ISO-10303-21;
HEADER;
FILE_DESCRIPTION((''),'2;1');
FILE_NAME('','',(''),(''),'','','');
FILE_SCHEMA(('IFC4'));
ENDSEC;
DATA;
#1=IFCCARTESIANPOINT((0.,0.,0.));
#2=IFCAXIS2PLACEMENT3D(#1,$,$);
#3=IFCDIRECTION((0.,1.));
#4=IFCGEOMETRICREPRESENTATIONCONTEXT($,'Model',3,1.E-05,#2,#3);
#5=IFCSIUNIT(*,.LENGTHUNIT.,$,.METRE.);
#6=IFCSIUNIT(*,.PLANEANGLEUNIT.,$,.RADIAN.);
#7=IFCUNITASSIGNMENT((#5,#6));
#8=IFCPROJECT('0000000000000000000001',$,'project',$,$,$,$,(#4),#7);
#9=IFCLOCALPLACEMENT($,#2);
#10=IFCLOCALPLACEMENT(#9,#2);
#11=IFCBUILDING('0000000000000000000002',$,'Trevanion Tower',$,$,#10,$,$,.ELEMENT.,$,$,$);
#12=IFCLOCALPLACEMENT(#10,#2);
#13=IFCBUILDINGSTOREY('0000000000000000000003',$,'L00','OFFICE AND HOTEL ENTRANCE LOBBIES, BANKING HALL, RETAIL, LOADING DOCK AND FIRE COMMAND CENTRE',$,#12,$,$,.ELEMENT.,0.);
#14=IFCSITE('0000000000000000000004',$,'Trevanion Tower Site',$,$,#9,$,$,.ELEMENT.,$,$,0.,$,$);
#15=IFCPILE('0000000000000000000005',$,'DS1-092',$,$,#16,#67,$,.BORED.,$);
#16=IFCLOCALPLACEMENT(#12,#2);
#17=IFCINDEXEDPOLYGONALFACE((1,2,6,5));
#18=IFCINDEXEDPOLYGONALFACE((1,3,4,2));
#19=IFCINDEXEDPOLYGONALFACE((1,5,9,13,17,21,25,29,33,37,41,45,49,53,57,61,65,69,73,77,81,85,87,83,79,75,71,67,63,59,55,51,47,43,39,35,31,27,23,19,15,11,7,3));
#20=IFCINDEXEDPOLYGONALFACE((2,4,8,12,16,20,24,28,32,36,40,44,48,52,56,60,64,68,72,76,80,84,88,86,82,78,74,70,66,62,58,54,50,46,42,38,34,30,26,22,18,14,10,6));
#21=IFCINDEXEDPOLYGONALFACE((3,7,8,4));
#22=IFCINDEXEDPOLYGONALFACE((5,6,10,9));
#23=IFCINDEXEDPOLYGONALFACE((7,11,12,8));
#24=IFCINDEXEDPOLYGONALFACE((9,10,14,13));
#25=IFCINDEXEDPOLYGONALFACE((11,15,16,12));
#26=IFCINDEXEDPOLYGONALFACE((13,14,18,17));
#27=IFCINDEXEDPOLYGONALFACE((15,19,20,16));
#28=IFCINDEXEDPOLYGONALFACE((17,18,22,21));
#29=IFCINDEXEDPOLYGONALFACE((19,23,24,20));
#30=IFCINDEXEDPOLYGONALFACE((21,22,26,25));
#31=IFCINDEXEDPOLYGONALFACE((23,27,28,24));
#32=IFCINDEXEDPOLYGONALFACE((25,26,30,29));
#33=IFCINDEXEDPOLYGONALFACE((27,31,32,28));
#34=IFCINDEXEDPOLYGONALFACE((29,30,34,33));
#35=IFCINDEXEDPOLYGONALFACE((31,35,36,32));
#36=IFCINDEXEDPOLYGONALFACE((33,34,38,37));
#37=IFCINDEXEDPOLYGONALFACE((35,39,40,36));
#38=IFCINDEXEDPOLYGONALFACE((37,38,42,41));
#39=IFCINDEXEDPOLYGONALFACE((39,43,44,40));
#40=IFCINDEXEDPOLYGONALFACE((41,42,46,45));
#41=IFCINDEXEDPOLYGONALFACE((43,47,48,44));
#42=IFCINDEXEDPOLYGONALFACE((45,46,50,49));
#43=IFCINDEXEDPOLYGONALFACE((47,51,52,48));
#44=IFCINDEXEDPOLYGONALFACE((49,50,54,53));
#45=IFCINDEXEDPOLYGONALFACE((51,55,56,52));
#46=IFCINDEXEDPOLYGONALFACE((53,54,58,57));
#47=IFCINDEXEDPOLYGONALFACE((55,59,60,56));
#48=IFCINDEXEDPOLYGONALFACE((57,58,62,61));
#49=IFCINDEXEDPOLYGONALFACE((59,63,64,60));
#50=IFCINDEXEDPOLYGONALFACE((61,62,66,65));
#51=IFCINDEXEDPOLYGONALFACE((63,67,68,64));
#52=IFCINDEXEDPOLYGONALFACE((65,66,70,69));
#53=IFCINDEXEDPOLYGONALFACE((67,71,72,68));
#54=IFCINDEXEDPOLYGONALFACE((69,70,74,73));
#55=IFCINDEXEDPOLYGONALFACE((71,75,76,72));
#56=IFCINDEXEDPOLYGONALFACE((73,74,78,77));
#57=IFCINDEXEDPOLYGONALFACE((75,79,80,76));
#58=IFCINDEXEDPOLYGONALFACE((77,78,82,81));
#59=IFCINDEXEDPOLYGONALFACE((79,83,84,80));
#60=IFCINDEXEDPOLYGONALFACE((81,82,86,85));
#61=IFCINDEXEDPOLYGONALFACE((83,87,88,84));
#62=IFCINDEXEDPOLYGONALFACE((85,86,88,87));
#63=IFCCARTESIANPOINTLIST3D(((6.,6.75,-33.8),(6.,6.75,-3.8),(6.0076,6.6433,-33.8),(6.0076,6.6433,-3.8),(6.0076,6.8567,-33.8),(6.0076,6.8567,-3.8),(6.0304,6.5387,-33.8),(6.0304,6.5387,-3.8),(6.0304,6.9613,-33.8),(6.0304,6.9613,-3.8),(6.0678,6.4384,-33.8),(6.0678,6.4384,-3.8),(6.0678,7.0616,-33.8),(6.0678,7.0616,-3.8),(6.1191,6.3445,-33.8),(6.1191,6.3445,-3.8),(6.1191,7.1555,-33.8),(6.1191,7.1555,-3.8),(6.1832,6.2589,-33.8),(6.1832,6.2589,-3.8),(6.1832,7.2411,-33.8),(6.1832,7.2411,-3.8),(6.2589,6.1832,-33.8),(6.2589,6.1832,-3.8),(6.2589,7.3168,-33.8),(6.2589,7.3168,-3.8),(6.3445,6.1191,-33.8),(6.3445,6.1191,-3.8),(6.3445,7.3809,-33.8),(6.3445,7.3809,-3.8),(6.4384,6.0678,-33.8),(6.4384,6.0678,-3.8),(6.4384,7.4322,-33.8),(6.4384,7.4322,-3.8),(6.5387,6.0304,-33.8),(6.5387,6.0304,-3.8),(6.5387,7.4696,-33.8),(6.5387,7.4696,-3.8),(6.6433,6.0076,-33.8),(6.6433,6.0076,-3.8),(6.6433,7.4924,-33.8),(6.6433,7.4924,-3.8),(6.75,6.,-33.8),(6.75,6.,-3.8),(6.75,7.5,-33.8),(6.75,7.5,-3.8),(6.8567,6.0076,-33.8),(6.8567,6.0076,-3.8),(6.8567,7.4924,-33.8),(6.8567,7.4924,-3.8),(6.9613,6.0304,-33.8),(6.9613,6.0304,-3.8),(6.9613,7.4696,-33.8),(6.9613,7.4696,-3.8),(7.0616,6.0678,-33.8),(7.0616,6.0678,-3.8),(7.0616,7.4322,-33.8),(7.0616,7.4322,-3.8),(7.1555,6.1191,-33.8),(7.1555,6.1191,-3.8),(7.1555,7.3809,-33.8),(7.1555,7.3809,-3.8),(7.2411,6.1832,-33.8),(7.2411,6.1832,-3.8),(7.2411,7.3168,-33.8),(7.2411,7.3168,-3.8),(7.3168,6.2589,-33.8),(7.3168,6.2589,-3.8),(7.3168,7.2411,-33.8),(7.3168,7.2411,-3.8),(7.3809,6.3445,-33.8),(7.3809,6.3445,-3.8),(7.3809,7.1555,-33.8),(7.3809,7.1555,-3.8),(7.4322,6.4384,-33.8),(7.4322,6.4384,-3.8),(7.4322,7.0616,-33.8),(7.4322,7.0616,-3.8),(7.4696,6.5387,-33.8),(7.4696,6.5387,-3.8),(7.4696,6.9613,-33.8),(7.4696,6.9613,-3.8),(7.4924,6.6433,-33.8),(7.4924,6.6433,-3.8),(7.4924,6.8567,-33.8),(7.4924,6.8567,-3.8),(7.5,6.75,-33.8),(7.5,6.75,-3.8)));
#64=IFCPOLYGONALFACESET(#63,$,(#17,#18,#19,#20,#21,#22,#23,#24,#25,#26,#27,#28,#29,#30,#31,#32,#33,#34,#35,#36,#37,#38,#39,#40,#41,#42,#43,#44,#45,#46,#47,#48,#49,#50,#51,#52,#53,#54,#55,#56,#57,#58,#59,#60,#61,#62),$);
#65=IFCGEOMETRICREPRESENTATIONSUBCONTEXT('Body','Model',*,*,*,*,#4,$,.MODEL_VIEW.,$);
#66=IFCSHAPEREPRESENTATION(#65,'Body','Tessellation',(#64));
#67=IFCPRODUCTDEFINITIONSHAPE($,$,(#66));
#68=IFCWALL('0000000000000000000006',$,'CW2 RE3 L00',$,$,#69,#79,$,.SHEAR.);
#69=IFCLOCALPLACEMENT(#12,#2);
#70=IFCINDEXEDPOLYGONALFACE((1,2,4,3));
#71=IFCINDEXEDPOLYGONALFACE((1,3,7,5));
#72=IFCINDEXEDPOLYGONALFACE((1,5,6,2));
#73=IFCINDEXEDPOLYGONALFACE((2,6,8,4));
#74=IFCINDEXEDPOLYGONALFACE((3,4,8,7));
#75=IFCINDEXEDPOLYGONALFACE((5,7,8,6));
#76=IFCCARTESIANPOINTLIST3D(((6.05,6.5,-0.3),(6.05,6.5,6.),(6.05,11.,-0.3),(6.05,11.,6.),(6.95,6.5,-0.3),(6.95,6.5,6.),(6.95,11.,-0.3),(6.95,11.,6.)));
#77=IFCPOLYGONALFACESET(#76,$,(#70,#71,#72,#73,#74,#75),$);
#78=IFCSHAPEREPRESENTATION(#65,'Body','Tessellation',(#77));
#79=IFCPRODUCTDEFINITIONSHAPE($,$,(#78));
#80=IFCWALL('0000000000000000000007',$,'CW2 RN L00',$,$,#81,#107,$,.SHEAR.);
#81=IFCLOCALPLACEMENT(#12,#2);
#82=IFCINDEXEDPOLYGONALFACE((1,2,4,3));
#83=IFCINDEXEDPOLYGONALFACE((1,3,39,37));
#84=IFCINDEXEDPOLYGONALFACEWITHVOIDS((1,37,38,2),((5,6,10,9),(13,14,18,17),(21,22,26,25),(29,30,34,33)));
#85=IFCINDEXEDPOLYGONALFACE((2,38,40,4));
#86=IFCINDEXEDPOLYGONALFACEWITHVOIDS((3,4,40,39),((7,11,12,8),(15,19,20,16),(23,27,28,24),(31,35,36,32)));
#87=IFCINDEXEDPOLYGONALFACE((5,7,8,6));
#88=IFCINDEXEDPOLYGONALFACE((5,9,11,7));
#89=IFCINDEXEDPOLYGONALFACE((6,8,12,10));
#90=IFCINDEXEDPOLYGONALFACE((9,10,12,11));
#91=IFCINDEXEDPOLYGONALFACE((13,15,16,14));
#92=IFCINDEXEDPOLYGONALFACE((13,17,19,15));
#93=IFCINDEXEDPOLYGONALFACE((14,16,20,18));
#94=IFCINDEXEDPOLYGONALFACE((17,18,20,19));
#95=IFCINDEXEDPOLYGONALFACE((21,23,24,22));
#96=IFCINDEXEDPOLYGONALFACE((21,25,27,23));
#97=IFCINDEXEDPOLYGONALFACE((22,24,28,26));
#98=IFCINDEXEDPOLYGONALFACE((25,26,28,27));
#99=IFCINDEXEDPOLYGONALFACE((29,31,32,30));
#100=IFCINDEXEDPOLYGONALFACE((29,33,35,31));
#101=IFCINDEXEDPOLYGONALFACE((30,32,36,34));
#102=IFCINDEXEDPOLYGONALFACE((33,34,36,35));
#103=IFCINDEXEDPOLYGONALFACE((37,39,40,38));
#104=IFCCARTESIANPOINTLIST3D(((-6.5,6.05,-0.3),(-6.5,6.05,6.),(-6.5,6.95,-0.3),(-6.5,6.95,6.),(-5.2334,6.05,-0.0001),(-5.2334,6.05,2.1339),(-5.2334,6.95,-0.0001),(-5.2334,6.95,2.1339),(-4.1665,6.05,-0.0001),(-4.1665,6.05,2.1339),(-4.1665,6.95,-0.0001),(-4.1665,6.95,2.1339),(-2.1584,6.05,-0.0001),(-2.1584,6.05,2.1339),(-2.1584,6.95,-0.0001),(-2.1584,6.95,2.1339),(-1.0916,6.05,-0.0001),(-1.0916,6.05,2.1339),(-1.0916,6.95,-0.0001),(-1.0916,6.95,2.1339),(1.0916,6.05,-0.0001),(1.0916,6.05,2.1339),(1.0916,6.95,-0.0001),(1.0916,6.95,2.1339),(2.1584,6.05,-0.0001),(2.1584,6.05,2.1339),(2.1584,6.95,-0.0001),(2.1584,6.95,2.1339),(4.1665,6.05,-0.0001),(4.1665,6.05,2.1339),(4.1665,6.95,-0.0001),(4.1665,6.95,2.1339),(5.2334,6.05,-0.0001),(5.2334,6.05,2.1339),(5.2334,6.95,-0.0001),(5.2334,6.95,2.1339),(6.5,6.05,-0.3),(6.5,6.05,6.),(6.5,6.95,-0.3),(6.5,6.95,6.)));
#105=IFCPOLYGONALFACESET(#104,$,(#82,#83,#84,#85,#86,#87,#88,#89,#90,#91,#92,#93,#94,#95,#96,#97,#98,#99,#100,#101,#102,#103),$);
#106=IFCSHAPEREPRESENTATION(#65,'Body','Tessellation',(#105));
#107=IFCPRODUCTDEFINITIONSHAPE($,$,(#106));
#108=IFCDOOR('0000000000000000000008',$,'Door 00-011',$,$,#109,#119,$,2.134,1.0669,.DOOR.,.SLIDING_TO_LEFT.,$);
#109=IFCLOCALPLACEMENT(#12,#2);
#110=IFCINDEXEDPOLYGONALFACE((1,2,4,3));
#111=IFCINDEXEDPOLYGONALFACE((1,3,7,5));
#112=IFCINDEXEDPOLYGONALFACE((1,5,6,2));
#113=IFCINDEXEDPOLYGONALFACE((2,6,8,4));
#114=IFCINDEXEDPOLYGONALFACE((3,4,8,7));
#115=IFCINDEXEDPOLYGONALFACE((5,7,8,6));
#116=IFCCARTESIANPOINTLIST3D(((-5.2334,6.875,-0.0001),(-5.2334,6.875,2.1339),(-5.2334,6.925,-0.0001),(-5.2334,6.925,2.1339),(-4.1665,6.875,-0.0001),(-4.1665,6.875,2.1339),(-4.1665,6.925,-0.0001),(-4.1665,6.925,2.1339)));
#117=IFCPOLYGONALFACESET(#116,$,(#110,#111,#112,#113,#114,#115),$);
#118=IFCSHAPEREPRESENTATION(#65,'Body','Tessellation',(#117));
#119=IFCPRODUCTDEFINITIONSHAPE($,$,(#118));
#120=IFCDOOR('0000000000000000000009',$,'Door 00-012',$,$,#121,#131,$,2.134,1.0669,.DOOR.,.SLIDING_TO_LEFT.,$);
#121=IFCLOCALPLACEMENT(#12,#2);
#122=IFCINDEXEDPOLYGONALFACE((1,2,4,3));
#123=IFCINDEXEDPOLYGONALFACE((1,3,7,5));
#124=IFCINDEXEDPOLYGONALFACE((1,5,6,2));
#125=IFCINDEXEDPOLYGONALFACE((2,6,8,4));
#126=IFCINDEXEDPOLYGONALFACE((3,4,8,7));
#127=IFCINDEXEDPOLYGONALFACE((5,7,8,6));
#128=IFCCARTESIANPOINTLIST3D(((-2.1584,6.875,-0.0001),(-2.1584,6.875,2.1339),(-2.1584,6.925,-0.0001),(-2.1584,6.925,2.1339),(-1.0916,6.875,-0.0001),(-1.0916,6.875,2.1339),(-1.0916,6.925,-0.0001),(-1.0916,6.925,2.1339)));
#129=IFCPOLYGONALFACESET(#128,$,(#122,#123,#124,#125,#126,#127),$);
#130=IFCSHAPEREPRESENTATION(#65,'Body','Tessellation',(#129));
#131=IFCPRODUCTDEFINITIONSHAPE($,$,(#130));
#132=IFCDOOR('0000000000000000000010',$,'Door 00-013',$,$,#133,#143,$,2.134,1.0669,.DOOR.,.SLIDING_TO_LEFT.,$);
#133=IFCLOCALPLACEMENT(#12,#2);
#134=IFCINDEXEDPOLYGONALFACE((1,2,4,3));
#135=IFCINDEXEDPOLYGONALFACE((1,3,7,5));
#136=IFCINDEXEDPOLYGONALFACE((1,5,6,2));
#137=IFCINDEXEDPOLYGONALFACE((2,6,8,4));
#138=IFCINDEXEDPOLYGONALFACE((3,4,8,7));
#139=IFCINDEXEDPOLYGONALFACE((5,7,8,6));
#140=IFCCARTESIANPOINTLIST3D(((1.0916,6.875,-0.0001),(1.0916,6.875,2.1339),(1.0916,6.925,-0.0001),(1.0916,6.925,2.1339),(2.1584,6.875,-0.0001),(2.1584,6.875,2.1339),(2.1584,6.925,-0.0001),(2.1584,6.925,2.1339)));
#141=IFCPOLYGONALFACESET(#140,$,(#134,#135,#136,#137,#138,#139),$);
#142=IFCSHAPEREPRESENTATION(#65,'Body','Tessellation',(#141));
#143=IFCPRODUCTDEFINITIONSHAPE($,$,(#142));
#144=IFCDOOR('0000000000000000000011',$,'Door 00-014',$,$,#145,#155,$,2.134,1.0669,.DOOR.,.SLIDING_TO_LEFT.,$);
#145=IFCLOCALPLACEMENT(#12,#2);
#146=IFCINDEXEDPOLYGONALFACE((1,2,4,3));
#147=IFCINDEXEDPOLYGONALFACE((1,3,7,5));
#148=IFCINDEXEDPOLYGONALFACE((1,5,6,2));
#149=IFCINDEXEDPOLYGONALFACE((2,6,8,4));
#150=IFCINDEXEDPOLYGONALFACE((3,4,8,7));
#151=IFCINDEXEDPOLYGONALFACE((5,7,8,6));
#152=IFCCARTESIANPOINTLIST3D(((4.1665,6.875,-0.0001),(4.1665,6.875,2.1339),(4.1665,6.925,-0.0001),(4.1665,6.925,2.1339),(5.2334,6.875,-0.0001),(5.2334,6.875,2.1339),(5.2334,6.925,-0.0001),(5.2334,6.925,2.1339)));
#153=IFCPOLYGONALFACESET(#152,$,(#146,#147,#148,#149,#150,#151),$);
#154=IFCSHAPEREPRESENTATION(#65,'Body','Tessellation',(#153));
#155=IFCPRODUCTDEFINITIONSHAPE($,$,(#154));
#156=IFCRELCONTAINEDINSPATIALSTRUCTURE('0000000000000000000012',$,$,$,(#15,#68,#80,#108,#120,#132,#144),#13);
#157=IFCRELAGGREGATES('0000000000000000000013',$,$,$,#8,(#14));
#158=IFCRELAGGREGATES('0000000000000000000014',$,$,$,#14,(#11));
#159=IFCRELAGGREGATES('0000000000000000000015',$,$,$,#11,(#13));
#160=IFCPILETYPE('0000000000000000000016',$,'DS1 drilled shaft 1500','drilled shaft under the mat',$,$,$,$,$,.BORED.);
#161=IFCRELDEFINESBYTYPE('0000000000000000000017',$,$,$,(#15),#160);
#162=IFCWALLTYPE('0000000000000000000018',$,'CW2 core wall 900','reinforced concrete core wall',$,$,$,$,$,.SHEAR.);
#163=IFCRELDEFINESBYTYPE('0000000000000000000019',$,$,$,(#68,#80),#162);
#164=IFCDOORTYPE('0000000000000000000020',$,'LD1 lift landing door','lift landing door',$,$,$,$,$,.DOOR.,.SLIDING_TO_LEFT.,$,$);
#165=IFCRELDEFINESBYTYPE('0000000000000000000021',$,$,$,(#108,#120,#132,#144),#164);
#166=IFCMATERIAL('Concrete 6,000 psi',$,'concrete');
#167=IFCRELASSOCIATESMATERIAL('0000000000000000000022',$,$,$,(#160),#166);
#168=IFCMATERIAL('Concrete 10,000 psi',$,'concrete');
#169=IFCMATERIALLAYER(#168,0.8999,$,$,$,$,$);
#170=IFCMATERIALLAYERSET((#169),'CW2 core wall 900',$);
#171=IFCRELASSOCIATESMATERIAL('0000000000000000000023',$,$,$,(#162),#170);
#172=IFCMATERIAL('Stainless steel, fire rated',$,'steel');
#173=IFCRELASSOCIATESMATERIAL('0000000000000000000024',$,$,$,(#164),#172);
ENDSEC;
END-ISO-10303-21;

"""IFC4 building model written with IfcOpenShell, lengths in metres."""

from ifc_helpers import new_model, si_unit, direction, frame, frame_2d, origin, origin_2d, place, context, subcontext, project, spatial, rectangle, circle, extrude, material, layer, layer_set, material_profile, profile_set, type_object, element, fill, save


model = new_model("IFC4")

# Units and contexts
model_context = context("Model", 3, precision=1e-05, world=origin(), true_north=direction((0.0, 1.0)))
body_context = subcontext(model_context, "Body", "Model", "MODEL_VIEW")
ifc_project = project(units=[si_unit("LENGTHUNIT", "METRE"), si_unit("PLANEANGLEUNIT", "RADIAN")], contexts=[model_context])

# Site, building, storey
site_placement = place(None, origin())
site = spatial("IfcSite", under=ifc_project, at=site_placement, Name="Trevanion Tower Site", CompositionType="ELEMENT", RefElevation=0.0)
building_placement = place(site_placement, origin())
building = spatial("IfcBuilding", under=site, at=building_placement, Name="Trevanion Tower", CompositionType="ELEMENT")
storey_placement = place(building_placement, origin())
storey = spatial("IfcBuildingStorey", under=building, at=storey_placement, Name="L00", Description="OFFICE AND HOTEL ENTRANCE LOBBIES, BANKING HALL, RETAIL, LOADING DOCK AND FIRE COMMAND CENTRE", CompositionType="ELEMENT", Elevation=0.0)

# Pile
ifc_material_1 = material(Name="Concrete 6,000 psi", Category="concrete")
ifc_material_profile = material_profile(ifc_material_1, circle(Radius=0.75, at=origin_2d()), Name="DS1 drilled shaft 1500")
ifc_profile_set = profile_set([ifc_material_profile], Name="Concrete 6,000 psi")
pile_type = type_object("IfcPileType", Name="DS1 drilled shaft 1500", Description="drilled shaft under the mat", PredefinedType="BORED", material=ifc_profile_set)
for number, where, z_axis, x_axis, name in (
    (1, (6.75, 6.75, -3.8), (0.0, 0.0, -1.0), (1.0, 0.0, 0.0), "DS1-092"),
):
    element("IfcPile", number, at=place(storey_placement, frame(where, z_axis=z_axis, x_axis=x_axis)), inside=storey, type_object=pile_type, Name=name, PredefinedType="BORED", context=body_context, shape_type="SweptSolid", body=[
        extrude(circle(Radius=0.75, at=origin_2d()), origin(), (0.0, 0.0, 1.0), 30.0),
    ])

# Wall
ifc_material_2 = material(Name="Concrete 10,000 psi", Category="concrete")
ifc_layer_1 = layer(ifc_material_2, 0.8999)
ifc_layer_set_1 = layer_set([ifc_layer_1], Name="CW2 core wall 900")
wall_type_1 = type_object("IfcWallType", Name="CW2 core wall 900", Description="reinforced concrete core wall", PredefinedType="SHEAR", material=ifc_layer_set_1)
wall_1_placement = place(storey_placement, frame((6.5, 6.5, -0.3), z_axis=(0.0, 0.0, 1.0), x_axis=(0.0, 1.0, 0.0)))
element("IfcWall", 2, at=wall_1_placement, inside=storey, type_object=wall_type_1, Name="CW2 RE3 L00", PredefinedType="SHEAR", context=body_context, shape_type="SweptSolid", body=[
    extrude(rectangle(XDim=4.5, YDim=0.8999, at=frame_2d((2.25, 0.0))), origin(), (0.0, 0.0, 1.0), 6.3),
])

# Wall, openings, doors
wall_2_placement = place(storey_placement, frame((6.5, 6.5, -0.3), z_axis=(0.0, 0.0, 1.0), x_axis=(-1.0, 0.0, 0.0)))
wall_2 = element("IfcWall", 3, at=wall_2_placement, inside=storey, type_object=wall_type_1, Name="CW2 RN L00", PredefinedType="SHEAR", context=body_context, shape_type="SweptSolid", body=[
    extrude(rectangle(XDim=13.0, YDim=0.8999, at=frame_2d((6.5, 0.0))), origin(), (0.0, 0.0, 1.0), 6.3),
])
opening_1_placement = place(wall_2_placement, frame((10.6665, 0.0, 0.3)))
opening_1 = element("IfcOpeningElement", 4, at=opening_1_placement, cuts=wall_2, PredefinedType="OPENING", context=body_context, shape_type="SweptSolid", body=[
    extrude(rectangle(XDim=1.0669, YDim=2.134, at=frame_2d((0.5334, 1.0669))), frame((0.0, 0.46, 0.0), z_axis=(0.0, -1.0, 0.0), x_axis=(1.0, 0.0, 0.0)), (0.0, 0.0, 1.0), 0.9199),
])
opening_2_placement = place(wall_2_placement, frame((7.5916, 0.0, 0.3)))
opening_2 = element("IfcOpeningElement", 5, at=opening_2_placement, cuts=wall_2, PredefinedType="OPENING", context=body_context, shape_type="SweptSolid", body=[
    extrude(rectangle(XDim=1.0669, YDim=2.134, at=frame_2d((0.5334, 1.0669))), frame((0.0, 0.46, 0.0), z_axis=(0.0, -1.0, 0.0), x_axis=(1.0, 0.0, 0.0)), (0.0, 0.0, 1.0), 0.9199),
])
opening_3_placement = place(wall_2_placement, frame((4.3416, 0.0, 0.3)))
opening_3 = element("IfcOpeningElement", 6, at=opening_3_placement, cuts=wall_2, PredefinedType="OPENING", context=body_context, shape_type="SweptSolid", body=[
    extrude(rectangle(XDim=1.0669, YDim=2.134, at=frame_2d((0.5334, 1.0669))), frame((0.0, 0.46, 0.0), z_axis=(0.0, -1.0, 0.0), x_axis=(1.0, 0.0, 0.0)), (0.0, 0.0, 1.0), 0.9199),
])
opening_4_placement = place(wall_2_placement, frame((1.2666, 0.0, 0.3)))
opening_4 = element("IfcOpeningElement", 7, at=opening_4_placement, cuts=wall_2, PredefinedType="OPENING", context=body_context, shape_type="SweptSolid", body=[
    extrude(rectangle(XDim=1.0669, YDim=2.134, at=frame_2d((0.5334, 1.0669))), frame((0.0, 0.46, 0.0), z_axis=(0.0, -1.0, 0.0), x_axis=(1.0, 0.0, 0.0)), (0.0, 0.0, 1.0), 0.9199),
])
ifc_material_3 = material(Name="Stainless steel, fire rated", Category="steel")
door_type_1 = type_object("IfcDoorType", Name="LD1 lift landing door", Description="lift landing door", OperationType="SLIDING_TO_LEFT", PredefinedType="DOOR", material=ifc_material_3)
door_1_placement = place(opening_1_placement, origin())
door_1 = element("IfcDoor", 8, at=door_1_placement, inside=storey, type_object=door_type_1, Name="Door 00-011", OperationType="SLIDING_TO_LEFT", OverallHeight=2.134, OverallWidth=1.0669, PredefinedType="DOOR", context=body_context, shape_type="SweptSolid", body=[
    extrude(rectangle(XDim=1.0669, YDim=2.134, at=frame_2d((0.5334, 1.0669))), frame((0.0, -0.375, 0.0), z_axis=(0.0, -1.0, 0.0), x_axis=(1.0, 0.0, 0.0)), (0.0, 0.0, 1.0), 0.05),
])
fill(opening_1, door_1)
door_2_placement = place(opening_2_placement, origin())
door_2 = element("IfcDoor", 9, at=door_2_placement, inside=storey, type_object=door_type_1, Name="Door 00-012", OperationType="SLIDING_TO_LEFT", OverallHeight=2.134, OverallWidth=1.0669, PredefinedType="DOOR", context=body_context, shape_type="SweptSolid", body=[
    extrude(rectangle(XDim=1.0669, YDim=2.134, at=frame_2d((0.5334, 1.0669))), frame((0.0, -0.375, 0.0), z_axis=(0.0, -1.0, 0.0), x_axis=(1.0, 0.0, 0.0)), (0.0, 0.0, 1.0), 0.05),
])
fill(opening_2, door_2)
door_3_placement = place(opening_3_placement, origin())
door_3 = element("IfcDoor", 10, at=door_3_placement, inside=storey, type_object=door_type_1, Name="Door 00-013", OperationType="SLIDING_TO_LEFT", OverallHeight=2.134, OverallWidth=1.0669, PredefinedType="DOOR", context=body_context, shape_type="SweptSolid", body=[
    extrude(rectangle(XDim=1.0669, YDim=2.134, at=frame_2d((0.5334, 1.0669))), frame((0.0, -0.375, 0.0), z_axis=(0.0, -1.0, 0.0), x_axis=(1.0, 0.0, 0.0)), (0.0, 0.0, 1.0), 0.05),
])
fill(opening_3, door_3)
door_4_placement = place(opening_4_placement, origin())
door_4 = element("IfcDoor", 11, at=door_4_placement, inside=storey, type_object=door_type_1, Name="Door 00-014", OperationType="SLIDING_TO_LEFT", OverallHeight=2.134, OverallWidth=1.0669, PredefinedType="DOOR", context=body_context, shape_type="SweptSolid", body=[
    extrude(rectangle(XDim=1.0669, YDim=2.134, at=frame_2d((0.5334, 1.0669))), frame((0.0, -0.375, 0.0), z_axis=(0.0, -1.0, 0.0), x_axis=(1.0, 0.0, 0.0)), (0.0, 0.0, 1.0), 0.05),
])
fill(opening_4, door_4)

save(model, "model.ifc")
